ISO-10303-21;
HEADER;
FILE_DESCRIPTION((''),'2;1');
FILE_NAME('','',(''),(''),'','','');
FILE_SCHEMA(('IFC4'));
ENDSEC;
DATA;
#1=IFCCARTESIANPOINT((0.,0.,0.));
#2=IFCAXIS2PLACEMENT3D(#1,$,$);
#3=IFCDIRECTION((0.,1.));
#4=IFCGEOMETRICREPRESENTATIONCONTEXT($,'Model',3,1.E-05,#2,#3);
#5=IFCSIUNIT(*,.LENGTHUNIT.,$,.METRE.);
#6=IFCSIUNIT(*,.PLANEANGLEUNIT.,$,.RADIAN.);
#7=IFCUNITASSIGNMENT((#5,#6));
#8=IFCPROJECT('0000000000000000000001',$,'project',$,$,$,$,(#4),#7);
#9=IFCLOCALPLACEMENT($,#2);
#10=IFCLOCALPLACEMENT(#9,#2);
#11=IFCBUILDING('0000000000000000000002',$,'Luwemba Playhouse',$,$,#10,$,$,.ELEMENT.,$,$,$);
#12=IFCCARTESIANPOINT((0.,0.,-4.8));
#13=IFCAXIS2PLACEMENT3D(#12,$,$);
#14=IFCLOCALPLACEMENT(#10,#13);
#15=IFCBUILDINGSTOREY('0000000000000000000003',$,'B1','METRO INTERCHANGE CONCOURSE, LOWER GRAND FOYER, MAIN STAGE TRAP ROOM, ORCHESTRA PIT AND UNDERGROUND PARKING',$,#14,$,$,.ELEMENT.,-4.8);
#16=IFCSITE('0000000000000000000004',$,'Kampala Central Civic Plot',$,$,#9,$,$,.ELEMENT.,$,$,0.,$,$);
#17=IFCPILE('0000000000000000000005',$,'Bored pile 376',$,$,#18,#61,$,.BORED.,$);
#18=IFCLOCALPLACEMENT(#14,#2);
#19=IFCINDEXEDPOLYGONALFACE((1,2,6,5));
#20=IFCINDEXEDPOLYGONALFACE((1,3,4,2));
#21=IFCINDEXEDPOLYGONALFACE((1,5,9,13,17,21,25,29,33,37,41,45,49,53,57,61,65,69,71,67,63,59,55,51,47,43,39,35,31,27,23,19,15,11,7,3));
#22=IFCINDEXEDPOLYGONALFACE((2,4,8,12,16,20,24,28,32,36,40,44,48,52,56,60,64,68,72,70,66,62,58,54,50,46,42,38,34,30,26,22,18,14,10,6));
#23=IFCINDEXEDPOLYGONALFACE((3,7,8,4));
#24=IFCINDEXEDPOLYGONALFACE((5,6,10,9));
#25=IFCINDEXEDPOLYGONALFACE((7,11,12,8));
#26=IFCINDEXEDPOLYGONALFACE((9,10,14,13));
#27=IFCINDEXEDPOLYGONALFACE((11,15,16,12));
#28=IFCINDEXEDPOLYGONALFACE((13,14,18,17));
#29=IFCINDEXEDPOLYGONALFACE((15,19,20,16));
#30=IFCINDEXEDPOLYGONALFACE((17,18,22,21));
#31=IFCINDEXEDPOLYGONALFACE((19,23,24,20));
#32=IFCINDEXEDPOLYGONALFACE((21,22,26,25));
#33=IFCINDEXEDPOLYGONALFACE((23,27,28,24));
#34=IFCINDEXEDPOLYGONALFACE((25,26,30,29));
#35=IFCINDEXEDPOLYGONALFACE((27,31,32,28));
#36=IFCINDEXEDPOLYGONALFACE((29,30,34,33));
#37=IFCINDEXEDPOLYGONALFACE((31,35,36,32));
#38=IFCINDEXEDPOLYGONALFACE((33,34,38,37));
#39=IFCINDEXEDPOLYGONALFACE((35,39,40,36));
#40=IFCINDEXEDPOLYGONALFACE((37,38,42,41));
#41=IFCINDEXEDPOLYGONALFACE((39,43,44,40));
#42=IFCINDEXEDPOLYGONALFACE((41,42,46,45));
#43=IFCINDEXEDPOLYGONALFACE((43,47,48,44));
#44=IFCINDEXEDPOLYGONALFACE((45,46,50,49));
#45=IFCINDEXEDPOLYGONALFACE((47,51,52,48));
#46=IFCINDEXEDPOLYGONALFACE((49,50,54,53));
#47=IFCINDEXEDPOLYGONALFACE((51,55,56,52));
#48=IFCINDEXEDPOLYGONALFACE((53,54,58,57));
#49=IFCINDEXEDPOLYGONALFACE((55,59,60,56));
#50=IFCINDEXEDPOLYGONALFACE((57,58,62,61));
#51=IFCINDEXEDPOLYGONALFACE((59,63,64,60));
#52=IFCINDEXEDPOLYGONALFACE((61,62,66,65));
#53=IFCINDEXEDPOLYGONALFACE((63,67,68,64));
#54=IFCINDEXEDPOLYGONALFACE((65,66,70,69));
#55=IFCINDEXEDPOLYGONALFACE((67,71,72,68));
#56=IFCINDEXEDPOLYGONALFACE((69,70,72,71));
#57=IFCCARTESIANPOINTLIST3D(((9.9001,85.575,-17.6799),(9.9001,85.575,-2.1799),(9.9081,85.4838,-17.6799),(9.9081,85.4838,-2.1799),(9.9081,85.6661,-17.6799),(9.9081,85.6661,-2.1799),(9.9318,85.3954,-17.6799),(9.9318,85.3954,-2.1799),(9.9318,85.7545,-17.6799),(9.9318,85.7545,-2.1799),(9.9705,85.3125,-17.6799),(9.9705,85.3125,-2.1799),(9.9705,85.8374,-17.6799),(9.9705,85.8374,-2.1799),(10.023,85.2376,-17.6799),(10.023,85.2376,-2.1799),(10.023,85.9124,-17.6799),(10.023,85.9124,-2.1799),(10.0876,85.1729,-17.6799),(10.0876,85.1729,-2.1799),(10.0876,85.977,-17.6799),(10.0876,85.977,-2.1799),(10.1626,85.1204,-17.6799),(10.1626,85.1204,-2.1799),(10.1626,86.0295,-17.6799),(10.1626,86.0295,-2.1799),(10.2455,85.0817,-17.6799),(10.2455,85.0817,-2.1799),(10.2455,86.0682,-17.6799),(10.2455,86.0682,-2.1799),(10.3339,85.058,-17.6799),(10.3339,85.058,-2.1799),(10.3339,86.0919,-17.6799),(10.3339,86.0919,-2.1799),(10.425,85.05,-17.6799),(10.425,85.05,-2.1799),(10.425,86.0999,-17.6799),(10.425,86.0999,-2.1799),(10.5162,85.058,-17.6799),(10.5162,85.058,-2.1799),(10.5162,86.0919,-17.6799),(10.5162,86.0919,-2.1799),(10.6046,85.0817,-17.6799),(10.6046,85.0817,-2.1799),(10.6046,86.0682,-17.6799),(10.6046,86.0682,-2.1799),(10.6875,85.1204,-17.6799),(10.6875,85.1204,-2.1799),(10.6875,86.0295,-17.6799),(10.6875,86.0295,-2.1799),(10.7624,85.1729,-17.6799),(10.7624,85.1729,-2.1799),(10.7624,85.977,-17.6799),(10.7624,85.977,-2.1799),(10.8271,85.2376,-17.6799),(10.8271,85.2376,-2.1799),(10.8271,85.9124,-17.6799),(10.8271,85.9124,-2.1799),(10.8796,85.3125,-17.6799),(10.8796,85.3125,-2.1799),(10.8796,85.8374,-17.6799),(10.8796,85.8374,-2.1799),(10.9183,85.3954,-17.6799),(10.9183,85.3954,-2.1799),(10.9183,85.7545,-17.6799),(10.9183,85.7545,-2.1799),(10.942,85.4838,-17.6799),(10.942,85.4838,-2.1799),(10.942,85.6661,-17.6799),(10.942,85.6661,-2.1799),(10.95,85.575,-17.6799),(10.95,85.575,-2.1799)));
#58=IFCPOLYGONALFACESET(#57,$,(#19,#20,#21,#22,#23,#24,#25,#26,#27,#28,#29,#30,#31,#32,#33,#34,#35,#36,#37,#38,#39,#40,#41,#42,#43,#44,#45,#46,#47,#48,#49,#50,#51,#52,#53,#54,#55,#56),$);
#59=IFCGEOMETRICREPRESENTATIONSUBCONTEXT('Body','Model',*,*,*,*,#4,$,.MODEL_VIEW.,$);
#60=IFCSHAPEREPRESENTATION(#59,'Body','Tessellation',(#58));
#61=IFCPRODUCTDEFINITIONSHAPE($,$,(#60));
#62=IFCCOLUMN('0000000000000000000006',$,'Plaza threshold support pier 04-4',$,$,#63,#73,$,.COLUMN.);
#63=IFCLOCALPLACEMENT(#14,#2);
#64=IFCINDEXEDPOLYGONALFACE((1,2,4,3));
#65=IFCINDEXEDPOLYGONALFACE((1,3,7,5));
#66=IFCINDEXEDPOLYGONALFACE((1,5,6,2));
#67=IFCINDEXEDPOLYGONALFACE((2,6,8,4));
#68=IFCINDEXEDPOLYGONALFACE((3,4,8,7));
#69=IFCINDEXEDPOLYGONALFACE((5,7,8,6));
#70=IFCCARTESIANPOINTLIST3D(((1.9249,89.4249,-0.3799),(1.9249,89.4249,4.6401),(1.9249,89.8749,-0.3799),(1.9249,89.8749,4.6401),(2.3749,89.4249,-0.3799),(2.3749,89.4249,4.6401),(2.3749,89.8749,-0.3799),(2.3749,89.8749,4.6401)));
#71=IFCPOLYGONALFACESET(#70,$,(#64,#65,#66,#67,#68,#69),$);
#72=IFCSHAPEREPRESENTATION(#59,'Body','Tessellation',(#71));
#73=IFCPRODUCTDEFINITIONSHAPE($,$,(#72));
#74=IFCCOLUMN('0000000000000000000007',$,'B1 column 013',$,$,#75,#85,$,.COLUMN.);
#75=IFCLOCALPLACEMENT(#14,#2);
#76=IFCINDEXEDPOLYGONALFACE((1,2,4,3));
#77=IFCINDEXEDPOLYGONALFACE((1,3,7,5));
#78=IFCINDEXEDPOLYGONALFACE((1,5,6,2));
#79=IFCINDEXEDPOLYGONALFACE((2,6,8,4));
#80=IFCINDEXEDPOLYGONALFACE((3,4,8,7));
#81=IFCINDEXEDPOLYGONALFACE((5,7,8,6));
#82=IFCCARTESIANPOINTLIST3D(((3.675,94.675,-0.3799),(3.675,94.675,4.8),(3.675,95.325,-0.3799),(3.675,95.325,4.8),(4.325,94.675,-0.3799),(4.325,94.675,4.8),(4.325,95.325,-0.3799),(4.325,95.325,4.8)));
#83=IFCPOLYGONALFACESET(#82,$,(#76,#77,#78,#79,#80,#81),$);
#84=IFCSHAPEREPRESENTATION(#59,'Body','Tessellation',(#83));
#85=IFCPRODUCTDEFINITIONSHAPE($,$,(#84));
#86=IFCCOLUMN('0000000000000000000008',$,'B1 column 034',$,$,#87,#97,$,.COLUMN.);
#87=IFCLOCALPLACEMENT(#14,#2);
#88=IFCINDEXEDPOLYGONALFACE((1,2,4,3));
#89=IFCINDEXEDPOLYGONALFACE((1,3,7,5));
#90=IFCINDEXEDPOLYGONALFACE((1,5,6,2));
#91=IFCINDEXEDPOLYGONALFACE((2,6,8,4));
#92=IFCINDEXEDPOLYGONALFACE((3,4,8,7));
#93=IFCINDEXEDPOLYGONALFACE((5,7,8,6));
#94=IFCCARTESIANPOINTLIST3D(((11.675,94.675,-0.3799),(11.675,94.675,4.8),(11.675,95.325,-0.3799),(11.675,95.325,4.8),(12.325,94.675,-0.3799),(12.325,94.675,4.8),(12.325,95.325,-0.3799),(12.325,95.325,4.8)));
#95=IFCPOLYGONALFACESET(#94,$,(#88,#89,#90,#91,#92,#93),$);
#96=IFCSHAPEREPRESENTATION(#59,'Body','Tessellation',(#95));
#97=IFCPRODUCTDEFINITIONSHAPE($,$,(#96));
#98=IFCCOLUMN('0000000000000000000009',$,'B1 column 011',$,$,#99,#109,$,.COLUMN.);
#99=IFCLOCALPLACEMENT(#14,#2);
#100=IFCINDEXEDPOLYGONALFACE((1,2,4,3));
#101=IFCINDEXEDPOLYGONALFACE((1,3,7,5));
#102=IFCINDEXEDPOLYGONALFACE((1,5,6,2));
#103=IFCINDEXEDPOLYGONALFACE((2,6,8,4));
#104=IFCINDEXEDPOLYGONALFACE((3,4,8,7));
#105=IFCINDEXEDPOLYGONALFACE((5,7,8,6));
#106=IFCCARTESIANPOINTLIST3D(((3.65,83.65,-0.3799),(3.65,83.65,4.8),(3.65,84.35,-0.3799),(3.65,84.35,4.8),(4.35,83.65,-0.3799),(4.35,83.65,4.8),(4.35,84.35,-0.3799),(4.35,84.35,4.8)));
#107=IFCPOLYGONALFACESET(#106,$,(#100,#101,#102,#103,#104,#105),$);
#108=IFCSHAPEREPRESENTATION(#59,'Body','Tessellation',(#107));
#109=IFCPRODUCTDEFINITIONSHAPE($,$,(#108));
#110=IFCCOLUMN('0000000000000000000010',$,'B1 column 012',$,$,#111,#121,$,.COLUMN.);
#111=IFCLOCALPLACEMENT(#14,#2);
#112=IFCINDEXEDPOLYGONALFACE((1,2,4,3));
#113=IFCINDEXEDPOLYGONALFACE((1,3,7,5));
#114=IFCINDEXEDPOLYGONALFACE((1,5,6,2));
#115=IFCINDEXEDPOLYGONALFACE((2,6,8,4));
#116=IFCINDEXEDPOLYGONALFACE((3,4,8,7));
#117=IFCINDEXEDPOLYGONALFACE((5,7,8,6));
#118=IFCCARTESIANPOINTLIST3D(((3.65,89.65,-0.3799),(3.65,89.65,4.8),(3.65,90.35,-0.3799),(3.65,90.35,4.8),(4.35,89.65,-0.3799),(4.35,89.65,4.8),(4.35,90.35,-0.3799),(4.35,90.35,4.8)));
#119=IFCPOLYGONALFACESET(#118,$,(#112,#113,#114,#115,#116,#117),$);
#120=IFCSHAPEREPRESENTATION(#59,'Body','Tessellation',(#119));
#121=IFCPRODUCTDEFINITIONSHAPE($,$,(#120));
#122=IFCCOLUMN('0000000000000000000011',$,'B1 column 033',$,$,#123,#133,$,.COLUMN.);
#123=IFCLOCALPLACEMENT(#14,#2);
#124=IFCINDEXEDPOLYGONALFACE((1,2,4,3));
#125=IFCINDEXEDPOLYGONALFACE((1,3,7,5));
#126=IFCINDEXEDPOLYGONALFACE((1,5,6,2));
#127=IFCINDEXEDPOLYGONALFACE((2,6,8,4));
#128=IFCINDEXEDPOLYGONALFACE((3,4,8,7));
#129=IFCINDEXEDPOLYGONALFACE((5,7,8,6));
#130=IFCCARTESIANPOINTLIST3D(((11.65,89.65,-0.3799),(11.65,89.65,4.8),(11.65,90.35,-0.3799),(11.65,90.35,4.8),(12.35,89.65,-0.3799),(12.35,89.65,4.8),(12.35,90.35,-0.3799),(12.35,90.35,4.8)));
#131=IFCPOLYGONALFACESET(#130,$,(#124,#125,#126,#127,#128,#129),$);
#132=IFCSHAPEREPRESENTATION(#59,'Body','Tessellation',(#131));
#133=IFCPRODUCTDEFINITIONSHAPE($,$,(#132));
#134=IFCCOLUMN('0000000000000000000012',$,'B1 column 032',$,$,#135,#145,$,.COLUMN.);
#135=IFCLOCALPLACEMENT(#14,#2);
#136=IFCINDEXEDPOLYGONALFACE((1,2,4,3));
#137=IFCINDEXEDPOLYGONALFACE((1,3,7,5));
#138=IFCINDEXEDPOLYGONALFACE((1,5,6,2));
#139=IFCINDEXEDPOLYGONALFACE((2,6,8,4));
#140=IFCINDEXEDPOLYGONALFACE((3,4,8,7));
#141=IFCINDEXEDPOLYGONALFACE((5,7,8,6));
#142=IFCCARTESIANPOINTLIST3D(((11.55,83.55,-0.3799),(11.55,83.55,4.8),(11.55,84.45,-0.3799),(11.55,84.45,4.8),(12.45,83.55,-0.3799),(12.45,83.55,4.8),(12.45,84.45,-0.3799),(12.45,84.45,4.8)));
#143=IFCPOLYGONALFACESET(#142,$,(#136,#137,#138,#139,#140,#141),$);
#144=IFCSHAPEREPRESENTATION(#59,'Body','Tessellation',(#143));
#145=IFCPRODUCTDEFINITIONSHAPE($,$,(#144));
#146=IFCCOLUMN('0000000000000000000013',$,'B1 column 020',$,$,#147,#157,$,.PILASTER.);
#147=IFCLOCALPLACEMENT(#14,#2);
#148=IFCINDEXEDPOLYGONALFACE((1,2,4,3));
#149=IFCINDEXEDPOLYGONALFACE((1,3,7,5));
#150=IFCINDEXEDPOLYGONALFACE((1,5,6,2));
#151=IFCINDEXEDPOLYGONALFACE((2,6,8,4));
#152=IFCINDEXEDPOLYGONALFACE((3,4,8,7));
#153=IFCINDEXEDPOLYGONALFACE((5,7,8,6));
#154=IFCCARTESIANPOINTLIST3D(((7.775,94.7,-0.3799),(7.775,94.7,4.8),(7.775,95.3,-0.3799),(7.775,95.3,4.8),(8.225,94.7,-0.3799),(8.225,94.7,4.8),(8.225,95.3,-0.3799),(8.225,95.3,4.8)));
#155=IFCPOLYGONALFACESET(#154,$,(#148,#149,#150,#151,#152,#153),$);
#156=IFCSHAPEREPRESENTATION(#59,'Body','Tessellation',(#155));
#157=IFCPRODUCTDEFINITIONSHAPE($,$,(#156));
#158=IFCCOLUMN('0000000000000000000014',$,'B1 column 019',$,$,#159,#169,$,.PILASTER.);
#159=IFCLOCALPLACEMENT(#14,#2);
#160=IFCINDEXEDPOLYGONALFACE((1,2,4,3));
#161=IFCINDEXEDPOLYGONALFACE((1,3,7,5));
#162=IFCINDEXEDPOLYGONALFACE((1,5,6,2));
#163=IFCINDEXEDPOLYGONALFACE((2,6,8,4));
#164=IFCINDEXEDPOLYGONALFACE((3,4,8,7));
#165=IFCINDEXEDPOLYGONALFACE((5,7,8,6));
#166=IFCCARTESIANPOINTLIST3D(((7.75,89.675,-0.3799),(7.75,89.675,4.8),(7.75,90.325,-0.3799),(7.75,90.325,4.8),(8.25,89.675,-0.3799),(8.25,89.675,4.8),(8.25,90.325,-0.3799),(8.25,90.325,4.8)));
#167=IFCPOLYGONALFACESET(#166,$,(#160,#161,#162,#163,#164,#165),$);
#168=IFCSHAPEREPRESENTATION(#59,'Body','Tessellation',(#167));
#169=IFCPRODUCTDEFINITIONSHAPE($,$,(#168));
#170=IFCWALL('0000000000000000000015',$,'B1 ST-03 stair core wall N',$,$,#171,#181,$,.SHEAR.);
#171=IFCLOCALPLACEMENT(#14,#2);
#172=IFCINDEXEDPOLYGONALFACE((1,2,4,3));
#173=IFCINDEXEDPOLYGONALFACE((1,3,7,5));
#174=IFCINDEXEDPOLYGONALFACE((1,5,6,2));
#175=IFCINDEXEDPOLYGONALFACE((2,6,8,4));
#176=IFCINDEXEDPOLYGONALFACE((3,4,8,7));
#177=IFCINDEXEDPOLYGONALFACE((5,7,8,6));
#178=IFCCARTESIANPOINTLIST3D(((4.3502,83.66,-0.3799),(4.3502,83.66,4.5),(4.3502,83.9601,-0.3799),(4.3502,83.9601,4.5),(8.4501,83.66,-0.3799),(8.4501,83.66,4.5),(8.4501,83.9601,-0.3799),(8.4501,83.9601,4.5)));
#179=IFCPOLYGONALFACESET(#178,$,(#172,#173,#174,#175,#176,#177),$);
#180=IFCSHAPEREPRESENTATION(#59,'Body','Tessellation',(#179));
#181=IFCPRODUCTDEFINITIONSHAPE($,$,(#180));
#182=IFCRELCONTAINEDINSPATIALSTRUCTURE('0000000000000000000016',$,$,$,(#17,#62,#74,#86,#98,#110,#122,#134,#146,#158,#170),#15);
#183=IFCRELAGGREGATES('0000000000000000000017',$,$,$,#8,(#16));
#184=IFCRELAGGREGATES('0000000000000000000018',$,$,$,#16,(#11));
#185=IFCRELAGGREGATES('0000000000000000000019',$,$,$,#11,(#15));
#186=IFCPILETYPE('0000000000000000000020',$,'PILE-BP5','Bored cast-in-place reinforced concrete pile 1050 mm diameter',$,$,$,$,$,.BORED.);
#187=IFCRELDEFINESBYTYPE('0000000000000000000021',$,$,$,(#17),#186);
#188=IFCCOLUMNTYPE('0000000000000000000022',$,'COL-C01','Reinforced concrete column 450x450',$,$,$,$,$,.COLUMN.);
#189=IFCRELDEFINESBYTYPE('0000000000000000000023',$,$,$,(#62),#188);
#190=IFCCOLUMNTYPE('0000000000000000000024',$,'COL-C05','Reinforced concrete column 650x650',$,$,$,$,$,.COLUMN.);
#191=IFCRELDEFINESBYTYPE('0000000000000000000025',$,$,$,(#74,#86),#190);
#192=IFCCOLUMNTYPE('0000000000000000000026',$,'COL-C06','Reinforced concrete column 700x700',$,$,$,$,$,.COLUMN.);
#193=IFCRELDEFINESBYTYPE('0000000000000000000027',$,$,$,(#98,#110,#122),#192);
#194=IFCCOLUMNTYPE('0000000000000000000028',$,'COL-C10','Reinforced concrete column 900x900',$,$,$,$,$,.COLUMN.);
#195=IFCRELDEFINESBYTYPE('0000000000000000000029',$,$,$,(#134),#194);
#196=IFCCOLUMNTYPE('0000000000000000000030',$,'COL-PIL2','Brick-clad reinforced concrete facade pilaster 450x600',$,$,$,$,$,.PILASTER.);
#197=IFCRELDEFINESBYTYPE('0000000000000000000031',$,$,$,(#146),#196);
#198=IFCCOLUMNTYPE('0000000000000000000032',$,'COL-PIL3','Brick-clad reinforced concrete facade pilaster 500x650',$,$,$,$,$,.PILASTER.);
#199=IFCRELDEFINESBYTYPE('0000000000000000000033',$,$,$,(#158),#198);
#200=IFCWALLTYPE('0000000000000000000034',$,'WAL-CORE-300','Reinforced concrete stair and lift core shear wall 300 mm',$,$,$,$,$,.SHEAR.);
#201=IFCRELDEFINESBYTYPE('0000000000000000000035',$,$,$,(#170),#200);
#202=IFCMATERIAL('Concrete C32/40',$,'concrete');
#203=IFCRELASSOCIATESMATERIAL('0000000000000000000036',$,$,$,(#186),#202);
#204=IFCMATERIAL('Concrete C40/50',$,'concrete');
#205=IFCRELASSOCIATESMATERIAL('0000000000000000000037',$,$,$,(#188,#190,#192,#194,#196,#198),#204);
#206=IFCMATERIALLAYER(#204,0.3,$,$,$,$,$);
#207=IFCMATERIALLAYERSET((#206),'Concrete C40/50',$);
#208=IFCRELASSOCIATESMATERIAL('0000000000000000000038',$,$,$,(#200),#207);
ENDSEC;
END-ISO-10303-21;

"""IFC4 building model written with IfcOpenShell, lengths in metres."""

from ifc_helpers import new_model, si_unit, direction, frame, frame_2d, origin, origin_2d, place, context, subcontext, project, spatial, rectangle, circle, extrude, material, layer, layer_set, material_profile, profile_set, type_object, element, save


model = new_model("IFC4")

# Units and contexts
model_context = context("Model", 3, precision=1e-05, world=origin(), true_north=direction((0.0, 1.0)))
body_context = subcontext(model_context, "Body", "Model", "MODEL_VIEW")
ifc_project = project(units=[si_unit("LENGTHUNIT", "METRE"), si_unit("PLANEANGLEUNIT", "RADIAN")], contexts=[model_context])

# Site, building, storey
site_placement = place(None, origin())
site = spatial("IfcSite", under=ifc_project, at=site_placement, Name="Kampala Central Civic Plot", CompositionType="ELEMENT", RefElevation=0.0)
building_placement = place(site_placement, origin())
building = spatial("IfcBuilding", under=site, at=building_placement, Name="Luwemba Playhouse", CompositionType="ELEMENT")
storey_placement = place(building_placement, frame((0.0, 0.0, -4.8)))
storey = spatial("IfcBuildingStorey", under=building, at=storey_placement, Name="B1", Description="METRO INTERCHANGE CONCOURSE, LOWER GRAND FOYER, MAIN STAGE TRAP ROOM, ORCHESTRA PIT AND UNDERGROUND PARKING", CompositionType="ELEMENT", Elevation=-4.8)

# Shared definitions
ifc_material_1 = material(Name="Concrete C32/40", Category="concrete")

# Pile
ifc_material_profile_1 = material_profile(ifc_material_1, circle(Radius=0.5249, at=origin_2d()))
ifc_profile_set_1 = profile_set([ifc_material_profile_1], Name="Concrete C32/40")
pile_type_1 = type_object("IfcPileType", Name="PILE-BP5", Description="Bored cast-in-place reinforced concrete pile 1050 mm diameter", PredefinedType="BORED", material=ifc_profile_set_1)
for number, where, z_axis, x_axis, name in (
    (1, (10.425, 85.575, -2.1799), (0.0, 0.0, -1.0), (1.0, 0.0, 0.0), "Bored pile 376"),
):
    element("IfcPile", number, at=place(storey_placement, frame(where, z_axis=z_axis, x_axis=x_axis)), inside=storey, type_object=pile_type_1, Name=name, PredefinedType="BORED", context=body_context, shape_type="SweptSolid", body=[
        extrude(circle(Radius=0.5249, at=origin_2d()), origin(), (0.0, 0.0, 1.0), 15.5),
    ])

# Columns
ifc_material_2 = material(Name="Concrete C40/50", Category="concrete")
ifc_material_profile_2 = material_profile(ifc_material_2, rectangle(XDim=0.45, YDim=0.45, at=origin_2d()))
ifc_profile_set_2 = profile_set([ifc_material_profile_2], Name="Concrete C40/50")
column_type_1 = type_object("IfcColumnType", Name="COL-C01", Description="Reinforced concrete column 450x450", PredefinedType="COLUMN", material=ifc_profile_set_2)
column_1_placement = place(storey_placement, frame((2.1499, 89.6499, -0.3799), z_axis=(0.0, 0.0, 1.0), x_axis=(1.0, 0.0, 0.0)))
element("IfcColumn", 2, at=column_1_placement, inside=storey, type_object=column_type_1, Name="Plaza threshold support pier 04-4", PredefinedType="COLUMN", context=body_context, shape_type="SweptSolid", body=[
    extrude(rectangle(XDim=0.45, YDim=0.45, at=origin_2d()), origin(), (0.0, 0.0, 1.0), 5.02),
])
ifc_material_profile_3 = material_profile(ifc_material_2, rectangle(XDim=0.6499, YDim=0.6499, at=origin_2d()))
ifc_profile_set_3 = profile_set([ifc_material_profile_3], Name="Concrete C40/50")
column_type_2 = type_object("IfcColumnType", Name="COL-C05", Description="Reinforced concrete column 650x650", PredefinedType="COLUMN", material=ifc_profile_set_3)
for number, where, z_axis, x_axis, name in (
    (3, (4.0, 95.0, -0.3799), (0.0, 0.0, 1.0), (1.0, 0.0, 0.0), "B1 column 013"),
    (4, (12.0, 95.0, -0.3799), (0.0, 0.0, 1.0), (1.0, 0.0, 0.0), "B1 column 034"),
):
    element("IfcColumn", number, at=place(storey_placement, frame(where, z_axis=z_axis, x_axis=x_axis)), inside=storey, type_object=column_type_2, Name=name, PredefinedType="COLUMN", context=body_context, shape_type="SweptSolid", body=[
        extrude(rectangle(XDim=0.6499, YDim=0.6499, at=origin_2d()), origin(), (0.0, 0.0, 1.0), 5.1799),
    ])
ifc_material_profile_4 = material_profile(ifc_material_2, rectangle(XDim=0.7, YDim=0.7, at=origin_2d()))
ifc_profile_set_4 = profile_set([ifc_material_profile_4], Name="Concrete C40/50")
column_type_3 = type_object("IfcColumnType", Name="COL-C06", Description="Reinforced concrete column 700x700", PredefinedType="COLUMN", material=ifc_profile_set_4)
for number, where, z_axis, x_axis, name in (
    (5, (4.0, 84.0, -0.3799), (0.0, 0.0, 1.0), (1.0, 0.0, 0.0), "B1 column 011"),
    (6, (4.0, 90.0, -0.3799), (0.0, 0.0, 1.0), (1.0, 0.0, 0.0), "B1 column 012"),
    (7, (12.0, 90.0, -0.3799), (0.0, 0.0, 1.0), (1.0, 0.0, 0.0), "B1 column 033"),
):
    element("IfcColumn", number, at=place(storey_placement, frame(where, z_axis=z_axis, x_axis=x_axis)), inside=storey, type_object=column_type_3, Name=name, PredefinedType="COLUMN", context=body_context, shape_type="SweptSolid", body=[
        extrude(rectangle(XDim=0.7, YDim=0.7, at=origin_2d()), origin(), (0.0, 0.0, 1.0), 5.1799),
    ])
ifc_material_profile_5 = material_profile(ifc_material_2, rectangle(XDim=0.8999, YDim=0.8999, at=origin_2d()))
ifc_profile_set_5 = profile_set([ifc_material_profile_5], Name="Concrete C40/50")
column_type_4 = type_object("IfcColumnType", Name="COL-C10", Description="Reinforced concrete column 900x900", PredefinedType="COLUMN", material=ifc_profile_set_5)
column_2_placement = place(storey_placement, frame((12.0, 84.0, -0.3799), z_axis=(0.0, 0.0, 1.0), x_axis=(1.0, 0.0, 0.0)))
element("IfcColumn", 8, at=column_2_placement, inside=storey, type_object=column_type_4, Name="B1 column 032", PredefinedType="COLUMN", context=body_context, shape_type="SweptSolid", body=[
    extrude(rectangle(XDim=0.8999, YDim=0.8999, at=origin_2d()), origin(), (0.0, 0.0, 1.0), 5.1799),
])
ifc_material_profile_6 = material_profile(ifc_material_2, rectangle(XDim=0.45, YDim=0.6001, at=origin_2d()))
ifc_profile_set_6 = profile_set([ifc_material_profile_6], Name="Concrete C40/50")
column_type_5 = type_object("IfcColumnType", Name="COL-PIL2", Description="Brick-clad reinforced concrete facade pilaster 450x600", PredefinedType="PILASTER", material=ifc_profile_set_6)
column_3_placement = place(storey_placement, frame((8.0, 95.0, -0.3799), z_axis=(0.0, 0.0, 1.0), x_axis=(1.0, 0.0, 0.0)))
element("IfcColumn", 9, at=column_3_placement, inside=storey, type_object=column_type_5, Name="B1 column 020", PredefinedType="PILASTER", context=body_context, shape_type="SweptSolid", body=[
    extrude(rectangle(XDim=0.45, YDim=0.6001, at=origin_2d()), origin(), (0.0, 0.0, 1.0), 5.1799),
])
ifc_material_profile_7 = material_profile(ifc_material_2, rectangle(XDim=0.5, YDim=0.6499, at=origin_2d()))
ifc_profile_set_7 = profile_set([ifc_material_profile_7], Name="Concrete C40/50")
column_type_6 = type_object("IfcColumnType", Name="COL-PIL3", Description="Brick-clad reinforced concrete facade pilaster 500x650", PredefinedType="PILASTER", material=ifc_profile_set_7)
column_4_placement = place(storey_placement, frame((8.0, 90.0, -0.3799), z_axis=(0.0, 0.0, 1.0), x_axis=(1.0, 0.0, 0.0)))
element("IfcColumn", 10, at=column_4_placement, inside=storey, type_object=column_type_6, Name="B1 column 019", PredefinedType="PILASTER", context=body_context, shape_type="SweptSolid", body=[
    extrude(rectangle(XDim=0.5, YDim=0.6499, at=origin_2d()), origin(), (0.0, 0.0, 1.0), 5.1799),
])

# Wall
ifc_layer_1 = layer(ifc_material_2, 0.3)
ifc_layer_set_1 = layer_set([ifc_layer_1], Name="Concrete C40/50")
wall_type_1 = type_object("IfcWallType", Name="WAL-CORE-300", Description="Reinforced concrete stair and lift core shear wall 300 mm", PredefinedType="SHEAR", material=ifc_layer_set_1)
wall_1_placement = place(storey_placement, frame((8.45, 83.8101, -0.3799), z_axis=(0.0, 0.0, 1.0), x_axis=(-1.0, 0.0, 0.0)))
element("IfcWall", 11, at=wall_1_placement, inside=storey, type_object=wall_type_1, Name="B1 ST-03 stair core wall N", PredefinedType="SHEAR", context=body_context, shape_type="SweptSolid", body=[
    extrude(rectangle(XDim=4.0999, YDim=0.3, at=frame_2d((2.0498, 0.0))), origin(), (0.0, 0.0, 1.0), 4.8799),
])

save(model, "model.ifc")
